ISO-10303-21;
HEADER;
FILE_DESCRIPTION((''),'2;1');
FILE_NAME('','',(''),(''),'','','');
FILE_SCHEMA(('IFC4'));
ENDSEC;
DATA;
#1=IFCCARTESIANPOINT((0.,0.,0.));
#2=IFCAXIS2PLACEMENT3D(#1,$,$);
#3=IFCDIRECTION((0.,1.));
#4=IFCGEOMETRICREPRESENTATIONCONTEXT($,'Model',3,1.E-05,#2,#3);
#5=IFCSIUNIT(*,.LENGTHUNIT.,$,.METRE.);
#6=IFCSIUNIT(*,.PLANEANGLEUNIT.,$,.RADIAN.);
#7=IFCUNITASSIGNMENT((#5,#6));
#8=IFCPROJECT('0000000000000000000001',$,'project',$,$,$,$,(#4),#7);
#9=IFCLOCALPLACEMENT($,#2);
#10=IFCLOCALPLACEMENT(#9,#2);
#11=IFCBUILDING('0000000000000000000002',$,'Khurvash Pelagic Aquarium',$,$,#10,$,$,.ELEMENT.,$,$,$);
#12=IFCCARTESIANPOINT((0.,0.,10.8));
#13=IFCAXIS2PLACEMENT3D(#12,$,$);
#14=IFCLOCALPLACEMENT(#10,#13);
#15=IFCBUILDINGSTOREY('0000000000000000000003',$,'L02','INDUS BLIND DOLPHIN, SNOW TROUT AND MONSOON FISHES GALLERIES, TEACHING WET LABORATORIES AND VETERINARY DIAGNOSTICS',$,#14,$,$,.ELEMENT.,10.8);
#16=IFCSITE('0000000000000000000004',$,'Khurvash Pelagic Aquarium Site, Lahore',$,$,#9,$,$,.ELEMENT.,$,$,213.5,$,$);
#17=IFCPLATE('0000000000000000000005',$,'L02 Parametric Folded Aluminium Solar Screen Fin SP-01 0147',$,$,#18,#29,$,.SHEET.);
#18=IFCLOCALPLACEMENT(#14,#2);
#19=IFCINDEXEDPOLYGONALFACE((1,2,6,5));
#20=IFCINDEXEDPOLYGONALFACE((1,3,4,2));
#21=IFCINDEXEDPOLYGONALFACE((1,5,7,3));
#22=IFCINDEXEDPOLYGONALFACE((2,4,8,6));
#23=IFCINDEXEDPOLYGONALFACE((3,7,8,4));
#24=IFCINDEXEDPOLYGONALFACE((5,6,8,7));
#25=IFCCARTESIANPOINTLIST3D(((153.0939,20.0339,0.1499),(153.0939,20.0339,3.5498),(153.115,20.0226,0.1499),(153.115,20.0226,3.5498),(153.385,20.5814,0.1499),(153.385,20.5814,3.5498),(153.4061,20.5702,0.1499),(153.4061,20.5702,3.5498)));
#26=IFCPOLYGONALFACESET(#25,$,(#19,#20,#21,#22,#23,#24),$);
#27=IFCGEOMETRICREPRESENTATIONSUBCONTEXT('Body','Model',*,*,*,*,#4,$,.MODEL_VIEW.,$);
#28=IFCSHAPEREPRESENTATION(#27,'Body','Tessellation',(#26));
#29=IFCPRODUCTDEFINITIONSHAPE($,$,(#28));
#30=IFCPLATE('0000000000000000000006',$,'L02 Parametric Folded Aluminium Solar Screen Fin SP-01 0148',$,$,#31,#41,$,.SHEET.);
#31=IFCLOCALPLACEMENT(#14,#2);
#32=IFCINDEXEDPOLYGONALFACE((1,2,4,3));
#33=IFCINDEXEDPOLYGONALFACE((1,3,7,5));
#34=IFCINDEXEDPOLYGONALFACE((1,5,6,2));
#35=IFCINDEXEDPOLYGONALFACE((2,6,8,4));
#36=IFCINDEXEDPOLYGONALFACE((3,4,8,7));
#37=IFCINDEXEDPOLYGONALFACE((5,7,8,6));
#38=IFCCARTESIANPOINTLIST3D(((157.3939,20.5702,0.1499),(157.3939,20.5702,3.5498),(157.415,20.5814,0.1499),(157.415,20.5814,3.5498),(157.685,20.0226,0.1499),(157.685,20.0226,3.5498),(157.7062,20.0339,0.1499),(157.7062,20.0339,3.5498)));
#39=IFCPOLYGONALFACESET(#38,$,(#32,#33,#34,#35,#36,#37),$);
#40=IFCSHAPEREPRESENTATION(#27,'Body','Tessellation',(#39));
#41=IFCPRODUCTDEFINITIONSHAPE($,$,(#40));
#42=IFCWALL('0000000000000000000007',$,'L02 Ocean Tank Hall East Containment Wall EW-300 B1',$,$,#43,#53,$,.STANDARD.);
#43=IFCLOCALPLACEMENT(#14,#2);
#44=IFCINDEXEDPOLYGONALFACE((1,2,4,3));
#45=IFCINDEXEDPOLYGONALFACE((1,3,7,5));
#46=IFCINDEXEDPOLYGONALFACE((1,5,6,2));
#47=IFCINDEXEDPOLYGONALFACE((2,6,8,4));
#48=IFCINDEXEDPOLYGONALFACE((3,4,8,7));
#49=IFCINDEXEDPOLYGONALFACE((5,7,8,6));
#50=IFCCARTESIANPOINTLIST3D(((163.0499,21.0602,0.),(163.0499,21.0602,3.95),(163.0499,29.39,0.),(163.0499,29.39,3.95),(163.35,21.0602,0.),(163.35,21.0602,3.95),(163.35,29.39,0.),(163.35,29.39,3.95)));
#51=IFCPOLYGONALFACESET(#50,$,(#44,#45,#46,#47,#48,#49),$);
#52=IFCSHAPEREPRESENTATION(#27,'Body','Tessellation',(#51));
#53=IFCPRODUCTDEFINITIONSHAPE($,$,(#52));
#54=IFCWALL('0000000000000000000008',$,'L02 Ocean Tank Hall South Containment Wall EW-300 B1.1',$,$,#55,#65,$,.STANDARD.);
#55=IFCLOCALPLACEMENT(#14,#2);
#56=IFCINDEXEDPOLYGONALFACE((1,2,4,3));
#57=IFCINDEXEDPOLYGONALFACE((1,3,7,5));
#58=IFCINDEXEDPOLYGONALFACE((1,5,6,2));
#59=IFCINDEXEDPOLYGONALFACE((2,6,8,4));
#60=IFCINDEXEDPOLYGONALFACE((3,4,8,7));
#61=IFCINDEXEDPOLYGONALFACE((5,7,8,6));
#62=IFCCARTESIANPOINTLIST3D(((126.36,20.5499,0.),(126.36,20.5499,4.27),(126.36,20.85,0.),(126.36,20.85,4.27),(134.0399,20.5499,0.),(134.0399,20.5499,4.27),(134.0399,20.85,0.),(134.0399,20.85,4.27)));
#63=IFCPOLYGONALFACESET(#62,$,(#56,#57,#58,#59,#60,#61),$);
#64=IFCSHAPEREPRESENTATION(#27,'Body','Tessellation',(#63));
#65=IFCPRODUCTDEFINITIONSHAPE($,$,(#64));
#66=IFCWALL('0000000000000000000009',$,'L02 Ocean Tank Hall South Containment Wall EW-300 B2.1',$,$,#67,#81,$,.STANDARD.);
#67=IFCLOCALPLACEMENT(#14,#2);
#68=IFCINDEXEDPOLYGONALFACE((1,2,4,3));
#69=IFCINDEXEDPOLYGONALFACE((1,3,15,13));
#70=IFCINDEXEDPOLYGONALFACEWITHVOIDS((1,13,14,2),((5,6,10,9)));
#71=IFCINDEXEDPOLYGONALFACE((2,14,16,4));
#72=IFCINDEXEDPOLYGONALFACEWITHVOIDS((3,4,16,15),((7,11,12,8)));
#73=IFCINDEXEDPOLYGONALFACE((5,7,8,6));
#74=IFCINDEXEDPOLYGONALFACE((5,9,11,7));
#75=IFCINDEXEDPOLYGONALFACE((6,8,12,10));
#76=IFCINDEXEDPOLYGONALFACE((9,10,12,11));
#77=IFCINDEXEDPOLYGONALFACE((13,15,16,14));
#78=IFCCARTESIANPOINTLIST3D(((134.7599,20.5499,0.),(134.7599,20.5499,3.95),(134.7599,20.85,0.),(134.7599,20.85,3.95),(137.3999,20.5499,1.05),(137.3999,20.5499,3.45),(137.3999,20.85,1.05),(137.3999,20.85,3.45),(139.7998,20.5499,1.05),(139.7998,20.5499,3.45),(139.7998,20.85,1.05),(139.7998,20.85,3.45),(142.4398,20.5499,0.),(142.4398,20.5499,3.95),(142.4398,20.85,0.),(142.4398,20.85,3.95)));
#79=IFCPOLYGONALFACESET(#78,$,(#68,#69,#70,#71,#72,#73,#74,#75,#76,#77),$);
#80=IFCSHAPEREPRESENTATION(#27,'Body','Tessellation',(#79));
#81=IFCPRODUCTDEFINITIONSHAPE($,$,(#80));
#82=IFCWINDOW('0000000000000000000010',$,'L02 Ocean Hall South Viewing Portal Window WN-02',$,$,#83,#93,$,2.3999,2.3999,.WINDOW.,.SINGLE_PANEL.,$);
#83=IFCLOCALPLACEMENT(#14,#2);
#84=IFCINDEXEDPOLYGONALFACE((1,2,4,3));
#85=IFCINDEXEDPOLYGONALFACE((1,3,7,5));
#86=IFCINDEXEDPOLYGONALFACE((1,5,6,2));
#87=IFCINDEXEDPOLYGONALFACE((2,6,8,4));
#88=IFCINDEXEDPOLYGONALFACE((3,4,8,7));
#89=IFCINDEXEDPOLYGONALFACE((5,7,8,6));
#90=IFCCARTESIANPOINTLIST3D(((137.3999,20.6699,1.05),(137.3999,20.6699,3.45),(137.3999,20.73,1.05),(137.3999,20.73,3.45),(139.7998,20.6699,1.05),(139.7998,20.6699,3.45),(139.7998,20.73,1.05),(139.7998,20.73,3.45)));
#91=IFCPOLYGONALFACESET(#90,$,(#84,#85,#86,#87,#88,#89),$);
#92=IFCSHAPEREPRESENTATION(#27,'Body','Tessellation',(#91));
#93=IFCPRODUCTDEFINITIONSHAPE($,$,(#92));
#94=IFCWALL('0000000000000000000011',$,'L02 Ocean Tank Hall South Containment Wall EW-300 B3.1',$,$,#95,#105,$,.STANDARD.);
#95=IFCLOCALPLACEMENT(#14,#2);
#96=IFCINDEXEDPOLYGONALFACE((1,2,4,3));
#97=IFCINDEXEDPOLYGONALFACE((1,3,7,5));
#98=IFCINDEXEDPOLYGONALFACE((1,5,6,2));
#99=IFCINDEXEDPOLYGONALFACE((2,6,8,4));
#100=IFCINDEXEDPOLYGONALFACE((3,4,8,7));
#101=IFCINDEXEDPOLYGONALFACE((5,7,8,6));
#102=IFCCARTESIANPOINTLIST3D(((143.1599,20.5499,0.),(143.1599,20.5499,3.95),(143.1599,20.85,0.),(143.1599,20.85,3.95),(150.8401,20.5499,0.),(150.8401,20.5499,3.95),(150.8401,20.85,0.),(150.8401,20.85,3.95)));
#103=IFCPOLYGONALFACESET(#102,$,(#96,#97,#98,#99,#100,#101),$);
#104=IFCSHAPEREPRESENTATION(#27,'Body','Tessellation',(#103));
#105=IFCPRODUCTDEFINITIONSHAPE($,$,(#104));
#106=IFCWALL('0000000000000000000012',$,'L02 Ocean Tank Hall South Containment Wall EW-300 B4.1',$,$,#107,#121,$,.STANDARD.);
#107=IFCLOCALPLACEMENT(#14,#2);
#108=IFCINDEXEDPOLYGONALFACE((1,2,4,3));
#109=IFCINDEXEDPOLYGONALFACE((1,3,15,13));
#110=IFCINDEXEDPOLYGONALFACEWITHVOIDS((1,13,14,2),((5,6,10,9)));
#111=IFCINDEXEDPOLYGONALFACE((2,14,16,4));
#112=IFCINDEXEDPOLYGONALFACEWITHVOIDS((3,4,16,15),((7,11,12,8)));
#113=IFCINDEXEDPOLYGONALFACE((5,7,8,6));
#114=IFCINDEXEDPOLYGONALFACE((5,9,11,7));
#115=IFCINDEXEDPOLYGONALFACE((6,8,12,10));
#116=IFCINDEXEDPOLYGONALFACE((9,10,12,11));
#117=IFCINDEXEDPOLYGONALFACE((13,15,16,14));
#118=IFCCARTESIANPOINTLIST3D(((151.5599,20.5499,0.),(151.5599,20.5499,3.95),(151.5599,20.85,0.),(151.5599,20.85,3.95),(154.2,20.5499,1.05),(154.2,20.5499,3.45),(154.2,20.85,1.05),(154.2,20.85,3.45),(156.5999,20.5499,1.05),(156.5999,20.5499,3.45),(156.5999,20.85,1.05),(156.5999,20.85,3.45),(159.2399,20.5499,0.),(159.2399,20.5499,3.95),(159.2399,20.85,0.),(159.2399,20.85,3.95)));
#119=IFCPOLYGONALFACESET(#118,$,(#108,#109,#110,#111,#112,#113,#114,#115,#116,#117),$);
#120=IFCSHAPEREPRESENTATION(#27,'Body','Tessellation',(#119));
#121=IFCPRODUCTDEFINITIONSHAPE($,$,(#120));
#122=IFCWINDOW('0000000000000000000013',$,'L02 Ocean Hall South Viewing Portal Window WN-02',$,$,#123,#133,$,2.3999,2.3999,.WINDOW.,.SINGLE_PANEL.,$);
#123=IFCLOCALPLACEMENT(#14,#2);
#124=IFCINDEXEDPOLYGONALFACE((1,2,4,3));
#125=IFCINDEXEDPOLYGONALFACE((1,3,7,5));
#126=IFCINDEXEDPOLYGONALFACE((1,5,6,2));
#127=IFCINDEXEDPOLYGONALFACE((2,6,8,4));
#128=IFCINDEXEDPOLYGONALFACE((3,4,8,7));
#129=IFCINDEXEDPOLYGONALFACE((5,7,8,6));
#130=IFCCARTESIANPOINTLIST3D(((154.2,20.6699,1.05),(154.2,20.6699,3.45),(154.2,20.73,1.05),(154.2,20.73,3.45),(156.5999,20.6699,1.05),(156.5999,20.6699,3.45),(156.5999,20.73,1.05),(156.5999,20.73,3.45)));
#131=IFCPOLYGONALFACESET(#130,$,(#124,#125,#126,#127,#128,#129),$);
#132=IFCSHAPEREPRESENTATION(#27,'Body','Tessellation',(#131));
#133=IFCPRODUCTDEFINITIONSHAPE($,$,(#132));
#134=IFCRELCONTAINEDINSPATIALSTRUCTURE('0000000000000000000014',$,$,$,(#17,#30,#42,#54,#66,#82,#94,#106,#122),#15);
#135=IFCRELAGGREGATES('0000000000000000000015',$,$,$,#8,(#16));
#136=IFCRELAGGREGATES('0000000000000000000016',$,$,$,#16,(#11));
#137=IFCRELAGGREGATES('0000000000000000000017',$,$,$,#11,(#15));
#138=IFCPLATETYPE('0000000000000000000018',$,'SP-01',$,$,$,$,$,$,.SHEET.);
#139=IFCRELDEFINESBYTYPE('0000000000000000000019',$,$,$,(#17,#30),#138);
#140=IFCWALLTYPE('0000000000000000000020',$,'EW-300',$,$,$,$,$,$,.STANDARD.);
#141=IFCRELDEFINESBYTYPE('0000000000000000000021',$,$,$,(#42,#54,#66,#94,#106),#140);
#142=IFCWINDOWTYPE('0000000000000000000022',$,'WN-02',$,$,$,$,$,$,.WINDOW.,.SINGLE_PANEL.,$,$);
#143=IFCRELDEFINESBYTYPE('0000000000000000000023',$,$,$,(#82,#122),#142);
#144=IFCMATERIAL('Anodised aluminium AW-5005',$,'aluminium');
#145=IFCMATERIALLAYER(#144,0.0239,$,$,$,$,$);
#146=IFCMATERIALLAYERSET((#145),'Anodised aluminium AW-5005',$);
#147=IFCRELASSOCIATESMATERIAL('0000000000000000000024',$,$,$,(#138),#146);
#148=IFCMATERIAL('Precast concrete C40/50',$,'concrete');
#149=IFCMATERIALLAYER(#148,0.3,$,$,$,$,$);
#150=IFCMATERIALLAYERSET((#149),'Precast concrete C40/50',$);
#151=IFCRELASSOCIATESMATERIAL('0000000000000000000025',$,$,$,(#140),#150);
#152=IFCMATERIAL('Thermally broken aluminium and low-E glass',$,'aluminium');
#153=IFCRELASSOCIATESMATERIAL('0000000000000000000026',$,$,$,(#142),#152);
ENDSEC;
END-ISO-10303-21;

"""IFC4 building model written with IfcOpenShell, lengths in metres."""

from ifc_helpers import new_model, si_unit, direction, frame, frame_2d, origin, origin_2d, place, context, subcontext, project, spatial, rectangle, extrude, material, layer, layer_set, type_object, element, fill, save


model = new_model("IFC4")

# Units and contexts
model_context = context("Model", 3, precision=1e-05, world=origin(), true_north=direction((0.0, 1.0)))
body_context = subcontext(model_context, "Body", "Model", "MODEL_VIEW")
ifc_project = project(units=[si_unit("LENGTHUNIT", "METRE"), si_unit("PLANEANGLEUNIT", "RADIAN")], contexts=[model_context])

# Site, building, storey
site_placement = place(None, origin())
site = spatial("IfcSite", under=ifc_project, at=site_placement, Name="Khurvash Pelagic Aquarium Site, Lahore", CompositionType="ELEMENT", RefElevation=213.5)
building_placement = place(site_placement, origin())
building = spatial("IfcBuilding", under=site, at=building_placement, Name="Khurvash Pelagic Aquarium", CompositionType="ELEMENT")
storey_placement = place(building_placement, frame((0.0, 0.0, 10.8)))
storey = spatial("IfcBuildingStorey", under=building, at=storey_placement, Name="L02", Description="INDUS BLIND DOLPHIN, SNOW TROUT AND MONSOON FISHES GALLERIES, TEACHING WET LABORATORIES AND VETERINARY DIAGNOSTICS", CompositionType="ELEMENT", Elevation=10.8)

# Plates
ifc_material_1 = material(Name="Anodised aluminium AW-5005", Category="aluminium")
ifc_layer_1 = layer(ifc_material_1, 0.0239)
ifc_layer_set_1 = layer_set([ifc_layer_1], Name="Anodised aluminium AW-5005")
plate_type = type_object("IfcPlateType", Name="SP-01", PredefinedType="SHEET", material=ifc_layer_set_1)
for number, where, z_axis, x_axis, name in (
    (1, (153.25, 20.302, 0.1499), (0.0, 0.0, 1.0), (-0.469472, -0.882948, 0.0), "L02 Parametric Folded Aluminium Solar Screen Fin SP-01 0147"),
    (2, (157.55, 20.302, 0.1499), (0.0, 0.0, 1.0), (0.469472, -0.882948, 0.0), "L02 Parametric Folded Aluminium Solar Screen Fin SP-01 0148"),
):
    element("IfcPlate", number, at=place(storey_placement, frame(where, z_axis=z_axis, x_axis=x_axis)), inside=storey, type_object=plate_type, Name=name, PredefinedType="SHEET", context=body_context, shape_type="SweptSolid", body=[
        extrude(rectangle(XDim=0.6201, YDim=0.0239, at=origin_2d()), origin(), (0.0, 0.0, 1.0), 3.3999),
    ])

# Walls
ifc_material_2 = material(Name="Precast concrete C40/50", Category="concrete")
ifc_layer_2 = layer(ifc_material_2, 0.3)
ifc_layer_set_2 = layer_set([ifc_layer_2], Name="Precast concrete C40/50")
wall_type = type_object("IfcWallType", Name="EW-300", PredefinedType="STANDARD", material=ifc_layer_set_2)
wall_1_placement = place(storey_placement, frame((163.2, 21.0601, 0.0), z_axis=(0.0, 0.0, 1.0), x_axis=(0.0, 1.0, 0.0)))
element("IfcWall", 3, at=wall_1_placement, inside=storey, type_object=wall_type, Name="L02 Ocean Tank Hall East Containment Wall EW-300 B1", PredefinedType="STANDARD", context=body_context, shape_type="SweptSolid", body=[
    extrude(rectangle(XDim=8.3298, YDim=0.3, at=frame_2d((4.165, 0.0))), origin(), (0.0, 0.0, 1.0), 3.95),
])
wall_2_placement = place(storey_placement, frame((126.3601, 20.7, 0.0), z_axis=(0.0, 0.0, 1.0), x_axis=(1.0, 0.0, 0.0)))
element("IfcWall", 4, at=wall_2_placement, inside=storey, type_object=wall_type, Name="L02 Ocean Tank Hall South Containment Wall EW-300 B1.1", PredefinedType="STANDARD", context=body_context, shape_type="SweptSolid", body=[
    extrude(rectangle(XDim=7.6799, YDim=0.3, at=frame_2d((3.8398, 0.0))), origin(), (0.0, 0.0, 1.0), 4.27),
])

# Wall, opening, window
wall_3_placement = place(storey_placement, frame((134.76, 20.7, 0.0), z_axis=(0.0, 0.0, 1.0), x_axis=(1.0, 0.0, 0.0)))
wall_3 = element("IfcWall", 5, at=wall_3_placement, inside=storey, type_object=wall_type, Name="L02 Ocean Tank Hall South Containment Wall EW-300 B2.1", PredefinedType="STANDARD", context=body_context, shape_type="SweptSolid", body=[
    extrude(rectangle(XDim=7.6799, YDim=0.3, at=frame_2d((3.8398, 0.0))), origin(), (0.0, 0.0, 1.0), 3.95),
])
opening_1_placement = place(wall_3_placement, frame((2.6399, 0.0, 1.05)))
opening_1 = element("IfcOpeningElement", 6, at=opening_1_placement, cuts=wall_3, PredefinedType="OPENING", context=body_context, shape_type="SweptSolid", body=[
    extrude(rectangle(XDim=2.3999, YDim=2.3999, at=frame_2d((1.2, 1.2))), frame((0.0, 0.1602, 0.0), z_axis=(0.0, -1.0, 0.0), x_axis=(1.0, 0.0, 0.0)), (0.0, 0.0, 1.0), 0.3201),
])
ifc_material_3 = material(Name="Thermally broken aluminium and low-E glass", Category="aluminium")
window_type = type_object("IfcWindowType", Name="WN-02", PartitioningType="SINGLE_PANEL", PredefinedType="WINDOW", material=ifc_material_3)
window_1_placement = place(opening_1_placement, origin())
window_1 = element("IfcWindow", 7, at=window_1_placement, inside=storey, type_object=window_type, Name="L02 Ocean Hall South Viewing Portal Window WN-02", OverallHeight=2.3999, OverallWidth=2.3999, PartitioningType="SINGLE_PANEL", PredefinedType="WINDOW", context=body_context, shape_type="SweptSolid", body=[
    extrude(rectangle(XDim=2.3999, YDim=2.3999, at=frame_2d((1.2, 1.2))), frame((0.0, 0.03, 0.0), z_axis=(0.0, -1.0, 0.0), x_axis=(1.0, 0.0, 0.0)), (0.0, 0.0, 1.0), 0.0601),
])
fill(opening_1, window_1)

# Wall
wall_4_placement = place(storey_placement, frame((143.1599, 20.7, 0.0), z_axis=(0.0, 0.0, 1.0), x_axis=(1.0, 0.0, 0.0)))
element("IfcWall", 8, at=wall_4_placement, inside=storey, type_object=wall_type, Name="L02 Ocean Tank Hall South Containment Wall EW-300 B3.1", PredefinedType="STANDARD", context=body_context, shape_type="SweptSolid", body=[
    extrude(rectangle(XDim=7.6802, YDim=0.3, at=frame_2d((3.8401, 0.0))), origin(), (0.0, 0.0, 1.0), 3.95),
])

# Wall, opening, window
wall_5_placement = place(storey_placement, frame((151.5601, 20.7, 0.0), z_axis=(0.0, 0.0, 1.0), x_axis=(1.0, 0.0, 0.0)))
wall_5 = element("IfcWall", 9, at=wall_5_placement, inside=storey, type_object=wall_type, Name="L02 Ocean Tank Hall South Containment Wall EW-300 B4.1", PredefinedType="STANDARD", context=body_context, shape_type="SweptSolid", body=[
    extrude(rectangle(XDim=7.6799, YDim=0.3, at=frame_2d((3.8398, 0.0))), origin(), (0.0, 0.0, 1.0), 3.95),
])
opening_2_placement = place(wall_5_placement, frame((2.6399, 0.0, 1.05)))
opening_2 = element("IfcOpeningElement", 10, at=opening_2_placement, cuts=wall_5, PredefinedType="OPENING", context=body_context, shape_type="SweptSolid", body=[
    extrude(rectangle(XDim=2.3999, YDim=2.3999, at=frame_2d((1.2, 1.2))), frame((0.0, 0.1602, 0.0), z_axis=(0.0, -1.0, 0.0), x_axis=(1.0, 0.0, 0.0)), (0.0, 0.0, 1.0), 0.3201),
])
window_2_placement = place(opening_2_placement, origin())
window_2 = element("IfcWindow", 11, at=window_2_placement, inside=storey, type_object=window_type, Name="L02 Ocean Hall South Viewing Portal Window WN-02", OverallHeight=2.3999, OverallWidth=2.3999, PartitioningType="SINGLE_PANEL", PredefinedType="WINDOW", context=body_context, shape_type="SweptSolid", body=[
    extrude(rectangle(XDim=2.3999, YDim=2.3999, at=frame_2d((1.2, 1.2))), frame((0.0, 0.03, 0.0), z_axis=(0.0, -1.0, 0.0), x_axis=(1.0, 0.0, 0.0)), (0.0, 0.0, 1.0), 0.0601),
])
fill(opening_2, window_2)

save(model, "model.ifc")
